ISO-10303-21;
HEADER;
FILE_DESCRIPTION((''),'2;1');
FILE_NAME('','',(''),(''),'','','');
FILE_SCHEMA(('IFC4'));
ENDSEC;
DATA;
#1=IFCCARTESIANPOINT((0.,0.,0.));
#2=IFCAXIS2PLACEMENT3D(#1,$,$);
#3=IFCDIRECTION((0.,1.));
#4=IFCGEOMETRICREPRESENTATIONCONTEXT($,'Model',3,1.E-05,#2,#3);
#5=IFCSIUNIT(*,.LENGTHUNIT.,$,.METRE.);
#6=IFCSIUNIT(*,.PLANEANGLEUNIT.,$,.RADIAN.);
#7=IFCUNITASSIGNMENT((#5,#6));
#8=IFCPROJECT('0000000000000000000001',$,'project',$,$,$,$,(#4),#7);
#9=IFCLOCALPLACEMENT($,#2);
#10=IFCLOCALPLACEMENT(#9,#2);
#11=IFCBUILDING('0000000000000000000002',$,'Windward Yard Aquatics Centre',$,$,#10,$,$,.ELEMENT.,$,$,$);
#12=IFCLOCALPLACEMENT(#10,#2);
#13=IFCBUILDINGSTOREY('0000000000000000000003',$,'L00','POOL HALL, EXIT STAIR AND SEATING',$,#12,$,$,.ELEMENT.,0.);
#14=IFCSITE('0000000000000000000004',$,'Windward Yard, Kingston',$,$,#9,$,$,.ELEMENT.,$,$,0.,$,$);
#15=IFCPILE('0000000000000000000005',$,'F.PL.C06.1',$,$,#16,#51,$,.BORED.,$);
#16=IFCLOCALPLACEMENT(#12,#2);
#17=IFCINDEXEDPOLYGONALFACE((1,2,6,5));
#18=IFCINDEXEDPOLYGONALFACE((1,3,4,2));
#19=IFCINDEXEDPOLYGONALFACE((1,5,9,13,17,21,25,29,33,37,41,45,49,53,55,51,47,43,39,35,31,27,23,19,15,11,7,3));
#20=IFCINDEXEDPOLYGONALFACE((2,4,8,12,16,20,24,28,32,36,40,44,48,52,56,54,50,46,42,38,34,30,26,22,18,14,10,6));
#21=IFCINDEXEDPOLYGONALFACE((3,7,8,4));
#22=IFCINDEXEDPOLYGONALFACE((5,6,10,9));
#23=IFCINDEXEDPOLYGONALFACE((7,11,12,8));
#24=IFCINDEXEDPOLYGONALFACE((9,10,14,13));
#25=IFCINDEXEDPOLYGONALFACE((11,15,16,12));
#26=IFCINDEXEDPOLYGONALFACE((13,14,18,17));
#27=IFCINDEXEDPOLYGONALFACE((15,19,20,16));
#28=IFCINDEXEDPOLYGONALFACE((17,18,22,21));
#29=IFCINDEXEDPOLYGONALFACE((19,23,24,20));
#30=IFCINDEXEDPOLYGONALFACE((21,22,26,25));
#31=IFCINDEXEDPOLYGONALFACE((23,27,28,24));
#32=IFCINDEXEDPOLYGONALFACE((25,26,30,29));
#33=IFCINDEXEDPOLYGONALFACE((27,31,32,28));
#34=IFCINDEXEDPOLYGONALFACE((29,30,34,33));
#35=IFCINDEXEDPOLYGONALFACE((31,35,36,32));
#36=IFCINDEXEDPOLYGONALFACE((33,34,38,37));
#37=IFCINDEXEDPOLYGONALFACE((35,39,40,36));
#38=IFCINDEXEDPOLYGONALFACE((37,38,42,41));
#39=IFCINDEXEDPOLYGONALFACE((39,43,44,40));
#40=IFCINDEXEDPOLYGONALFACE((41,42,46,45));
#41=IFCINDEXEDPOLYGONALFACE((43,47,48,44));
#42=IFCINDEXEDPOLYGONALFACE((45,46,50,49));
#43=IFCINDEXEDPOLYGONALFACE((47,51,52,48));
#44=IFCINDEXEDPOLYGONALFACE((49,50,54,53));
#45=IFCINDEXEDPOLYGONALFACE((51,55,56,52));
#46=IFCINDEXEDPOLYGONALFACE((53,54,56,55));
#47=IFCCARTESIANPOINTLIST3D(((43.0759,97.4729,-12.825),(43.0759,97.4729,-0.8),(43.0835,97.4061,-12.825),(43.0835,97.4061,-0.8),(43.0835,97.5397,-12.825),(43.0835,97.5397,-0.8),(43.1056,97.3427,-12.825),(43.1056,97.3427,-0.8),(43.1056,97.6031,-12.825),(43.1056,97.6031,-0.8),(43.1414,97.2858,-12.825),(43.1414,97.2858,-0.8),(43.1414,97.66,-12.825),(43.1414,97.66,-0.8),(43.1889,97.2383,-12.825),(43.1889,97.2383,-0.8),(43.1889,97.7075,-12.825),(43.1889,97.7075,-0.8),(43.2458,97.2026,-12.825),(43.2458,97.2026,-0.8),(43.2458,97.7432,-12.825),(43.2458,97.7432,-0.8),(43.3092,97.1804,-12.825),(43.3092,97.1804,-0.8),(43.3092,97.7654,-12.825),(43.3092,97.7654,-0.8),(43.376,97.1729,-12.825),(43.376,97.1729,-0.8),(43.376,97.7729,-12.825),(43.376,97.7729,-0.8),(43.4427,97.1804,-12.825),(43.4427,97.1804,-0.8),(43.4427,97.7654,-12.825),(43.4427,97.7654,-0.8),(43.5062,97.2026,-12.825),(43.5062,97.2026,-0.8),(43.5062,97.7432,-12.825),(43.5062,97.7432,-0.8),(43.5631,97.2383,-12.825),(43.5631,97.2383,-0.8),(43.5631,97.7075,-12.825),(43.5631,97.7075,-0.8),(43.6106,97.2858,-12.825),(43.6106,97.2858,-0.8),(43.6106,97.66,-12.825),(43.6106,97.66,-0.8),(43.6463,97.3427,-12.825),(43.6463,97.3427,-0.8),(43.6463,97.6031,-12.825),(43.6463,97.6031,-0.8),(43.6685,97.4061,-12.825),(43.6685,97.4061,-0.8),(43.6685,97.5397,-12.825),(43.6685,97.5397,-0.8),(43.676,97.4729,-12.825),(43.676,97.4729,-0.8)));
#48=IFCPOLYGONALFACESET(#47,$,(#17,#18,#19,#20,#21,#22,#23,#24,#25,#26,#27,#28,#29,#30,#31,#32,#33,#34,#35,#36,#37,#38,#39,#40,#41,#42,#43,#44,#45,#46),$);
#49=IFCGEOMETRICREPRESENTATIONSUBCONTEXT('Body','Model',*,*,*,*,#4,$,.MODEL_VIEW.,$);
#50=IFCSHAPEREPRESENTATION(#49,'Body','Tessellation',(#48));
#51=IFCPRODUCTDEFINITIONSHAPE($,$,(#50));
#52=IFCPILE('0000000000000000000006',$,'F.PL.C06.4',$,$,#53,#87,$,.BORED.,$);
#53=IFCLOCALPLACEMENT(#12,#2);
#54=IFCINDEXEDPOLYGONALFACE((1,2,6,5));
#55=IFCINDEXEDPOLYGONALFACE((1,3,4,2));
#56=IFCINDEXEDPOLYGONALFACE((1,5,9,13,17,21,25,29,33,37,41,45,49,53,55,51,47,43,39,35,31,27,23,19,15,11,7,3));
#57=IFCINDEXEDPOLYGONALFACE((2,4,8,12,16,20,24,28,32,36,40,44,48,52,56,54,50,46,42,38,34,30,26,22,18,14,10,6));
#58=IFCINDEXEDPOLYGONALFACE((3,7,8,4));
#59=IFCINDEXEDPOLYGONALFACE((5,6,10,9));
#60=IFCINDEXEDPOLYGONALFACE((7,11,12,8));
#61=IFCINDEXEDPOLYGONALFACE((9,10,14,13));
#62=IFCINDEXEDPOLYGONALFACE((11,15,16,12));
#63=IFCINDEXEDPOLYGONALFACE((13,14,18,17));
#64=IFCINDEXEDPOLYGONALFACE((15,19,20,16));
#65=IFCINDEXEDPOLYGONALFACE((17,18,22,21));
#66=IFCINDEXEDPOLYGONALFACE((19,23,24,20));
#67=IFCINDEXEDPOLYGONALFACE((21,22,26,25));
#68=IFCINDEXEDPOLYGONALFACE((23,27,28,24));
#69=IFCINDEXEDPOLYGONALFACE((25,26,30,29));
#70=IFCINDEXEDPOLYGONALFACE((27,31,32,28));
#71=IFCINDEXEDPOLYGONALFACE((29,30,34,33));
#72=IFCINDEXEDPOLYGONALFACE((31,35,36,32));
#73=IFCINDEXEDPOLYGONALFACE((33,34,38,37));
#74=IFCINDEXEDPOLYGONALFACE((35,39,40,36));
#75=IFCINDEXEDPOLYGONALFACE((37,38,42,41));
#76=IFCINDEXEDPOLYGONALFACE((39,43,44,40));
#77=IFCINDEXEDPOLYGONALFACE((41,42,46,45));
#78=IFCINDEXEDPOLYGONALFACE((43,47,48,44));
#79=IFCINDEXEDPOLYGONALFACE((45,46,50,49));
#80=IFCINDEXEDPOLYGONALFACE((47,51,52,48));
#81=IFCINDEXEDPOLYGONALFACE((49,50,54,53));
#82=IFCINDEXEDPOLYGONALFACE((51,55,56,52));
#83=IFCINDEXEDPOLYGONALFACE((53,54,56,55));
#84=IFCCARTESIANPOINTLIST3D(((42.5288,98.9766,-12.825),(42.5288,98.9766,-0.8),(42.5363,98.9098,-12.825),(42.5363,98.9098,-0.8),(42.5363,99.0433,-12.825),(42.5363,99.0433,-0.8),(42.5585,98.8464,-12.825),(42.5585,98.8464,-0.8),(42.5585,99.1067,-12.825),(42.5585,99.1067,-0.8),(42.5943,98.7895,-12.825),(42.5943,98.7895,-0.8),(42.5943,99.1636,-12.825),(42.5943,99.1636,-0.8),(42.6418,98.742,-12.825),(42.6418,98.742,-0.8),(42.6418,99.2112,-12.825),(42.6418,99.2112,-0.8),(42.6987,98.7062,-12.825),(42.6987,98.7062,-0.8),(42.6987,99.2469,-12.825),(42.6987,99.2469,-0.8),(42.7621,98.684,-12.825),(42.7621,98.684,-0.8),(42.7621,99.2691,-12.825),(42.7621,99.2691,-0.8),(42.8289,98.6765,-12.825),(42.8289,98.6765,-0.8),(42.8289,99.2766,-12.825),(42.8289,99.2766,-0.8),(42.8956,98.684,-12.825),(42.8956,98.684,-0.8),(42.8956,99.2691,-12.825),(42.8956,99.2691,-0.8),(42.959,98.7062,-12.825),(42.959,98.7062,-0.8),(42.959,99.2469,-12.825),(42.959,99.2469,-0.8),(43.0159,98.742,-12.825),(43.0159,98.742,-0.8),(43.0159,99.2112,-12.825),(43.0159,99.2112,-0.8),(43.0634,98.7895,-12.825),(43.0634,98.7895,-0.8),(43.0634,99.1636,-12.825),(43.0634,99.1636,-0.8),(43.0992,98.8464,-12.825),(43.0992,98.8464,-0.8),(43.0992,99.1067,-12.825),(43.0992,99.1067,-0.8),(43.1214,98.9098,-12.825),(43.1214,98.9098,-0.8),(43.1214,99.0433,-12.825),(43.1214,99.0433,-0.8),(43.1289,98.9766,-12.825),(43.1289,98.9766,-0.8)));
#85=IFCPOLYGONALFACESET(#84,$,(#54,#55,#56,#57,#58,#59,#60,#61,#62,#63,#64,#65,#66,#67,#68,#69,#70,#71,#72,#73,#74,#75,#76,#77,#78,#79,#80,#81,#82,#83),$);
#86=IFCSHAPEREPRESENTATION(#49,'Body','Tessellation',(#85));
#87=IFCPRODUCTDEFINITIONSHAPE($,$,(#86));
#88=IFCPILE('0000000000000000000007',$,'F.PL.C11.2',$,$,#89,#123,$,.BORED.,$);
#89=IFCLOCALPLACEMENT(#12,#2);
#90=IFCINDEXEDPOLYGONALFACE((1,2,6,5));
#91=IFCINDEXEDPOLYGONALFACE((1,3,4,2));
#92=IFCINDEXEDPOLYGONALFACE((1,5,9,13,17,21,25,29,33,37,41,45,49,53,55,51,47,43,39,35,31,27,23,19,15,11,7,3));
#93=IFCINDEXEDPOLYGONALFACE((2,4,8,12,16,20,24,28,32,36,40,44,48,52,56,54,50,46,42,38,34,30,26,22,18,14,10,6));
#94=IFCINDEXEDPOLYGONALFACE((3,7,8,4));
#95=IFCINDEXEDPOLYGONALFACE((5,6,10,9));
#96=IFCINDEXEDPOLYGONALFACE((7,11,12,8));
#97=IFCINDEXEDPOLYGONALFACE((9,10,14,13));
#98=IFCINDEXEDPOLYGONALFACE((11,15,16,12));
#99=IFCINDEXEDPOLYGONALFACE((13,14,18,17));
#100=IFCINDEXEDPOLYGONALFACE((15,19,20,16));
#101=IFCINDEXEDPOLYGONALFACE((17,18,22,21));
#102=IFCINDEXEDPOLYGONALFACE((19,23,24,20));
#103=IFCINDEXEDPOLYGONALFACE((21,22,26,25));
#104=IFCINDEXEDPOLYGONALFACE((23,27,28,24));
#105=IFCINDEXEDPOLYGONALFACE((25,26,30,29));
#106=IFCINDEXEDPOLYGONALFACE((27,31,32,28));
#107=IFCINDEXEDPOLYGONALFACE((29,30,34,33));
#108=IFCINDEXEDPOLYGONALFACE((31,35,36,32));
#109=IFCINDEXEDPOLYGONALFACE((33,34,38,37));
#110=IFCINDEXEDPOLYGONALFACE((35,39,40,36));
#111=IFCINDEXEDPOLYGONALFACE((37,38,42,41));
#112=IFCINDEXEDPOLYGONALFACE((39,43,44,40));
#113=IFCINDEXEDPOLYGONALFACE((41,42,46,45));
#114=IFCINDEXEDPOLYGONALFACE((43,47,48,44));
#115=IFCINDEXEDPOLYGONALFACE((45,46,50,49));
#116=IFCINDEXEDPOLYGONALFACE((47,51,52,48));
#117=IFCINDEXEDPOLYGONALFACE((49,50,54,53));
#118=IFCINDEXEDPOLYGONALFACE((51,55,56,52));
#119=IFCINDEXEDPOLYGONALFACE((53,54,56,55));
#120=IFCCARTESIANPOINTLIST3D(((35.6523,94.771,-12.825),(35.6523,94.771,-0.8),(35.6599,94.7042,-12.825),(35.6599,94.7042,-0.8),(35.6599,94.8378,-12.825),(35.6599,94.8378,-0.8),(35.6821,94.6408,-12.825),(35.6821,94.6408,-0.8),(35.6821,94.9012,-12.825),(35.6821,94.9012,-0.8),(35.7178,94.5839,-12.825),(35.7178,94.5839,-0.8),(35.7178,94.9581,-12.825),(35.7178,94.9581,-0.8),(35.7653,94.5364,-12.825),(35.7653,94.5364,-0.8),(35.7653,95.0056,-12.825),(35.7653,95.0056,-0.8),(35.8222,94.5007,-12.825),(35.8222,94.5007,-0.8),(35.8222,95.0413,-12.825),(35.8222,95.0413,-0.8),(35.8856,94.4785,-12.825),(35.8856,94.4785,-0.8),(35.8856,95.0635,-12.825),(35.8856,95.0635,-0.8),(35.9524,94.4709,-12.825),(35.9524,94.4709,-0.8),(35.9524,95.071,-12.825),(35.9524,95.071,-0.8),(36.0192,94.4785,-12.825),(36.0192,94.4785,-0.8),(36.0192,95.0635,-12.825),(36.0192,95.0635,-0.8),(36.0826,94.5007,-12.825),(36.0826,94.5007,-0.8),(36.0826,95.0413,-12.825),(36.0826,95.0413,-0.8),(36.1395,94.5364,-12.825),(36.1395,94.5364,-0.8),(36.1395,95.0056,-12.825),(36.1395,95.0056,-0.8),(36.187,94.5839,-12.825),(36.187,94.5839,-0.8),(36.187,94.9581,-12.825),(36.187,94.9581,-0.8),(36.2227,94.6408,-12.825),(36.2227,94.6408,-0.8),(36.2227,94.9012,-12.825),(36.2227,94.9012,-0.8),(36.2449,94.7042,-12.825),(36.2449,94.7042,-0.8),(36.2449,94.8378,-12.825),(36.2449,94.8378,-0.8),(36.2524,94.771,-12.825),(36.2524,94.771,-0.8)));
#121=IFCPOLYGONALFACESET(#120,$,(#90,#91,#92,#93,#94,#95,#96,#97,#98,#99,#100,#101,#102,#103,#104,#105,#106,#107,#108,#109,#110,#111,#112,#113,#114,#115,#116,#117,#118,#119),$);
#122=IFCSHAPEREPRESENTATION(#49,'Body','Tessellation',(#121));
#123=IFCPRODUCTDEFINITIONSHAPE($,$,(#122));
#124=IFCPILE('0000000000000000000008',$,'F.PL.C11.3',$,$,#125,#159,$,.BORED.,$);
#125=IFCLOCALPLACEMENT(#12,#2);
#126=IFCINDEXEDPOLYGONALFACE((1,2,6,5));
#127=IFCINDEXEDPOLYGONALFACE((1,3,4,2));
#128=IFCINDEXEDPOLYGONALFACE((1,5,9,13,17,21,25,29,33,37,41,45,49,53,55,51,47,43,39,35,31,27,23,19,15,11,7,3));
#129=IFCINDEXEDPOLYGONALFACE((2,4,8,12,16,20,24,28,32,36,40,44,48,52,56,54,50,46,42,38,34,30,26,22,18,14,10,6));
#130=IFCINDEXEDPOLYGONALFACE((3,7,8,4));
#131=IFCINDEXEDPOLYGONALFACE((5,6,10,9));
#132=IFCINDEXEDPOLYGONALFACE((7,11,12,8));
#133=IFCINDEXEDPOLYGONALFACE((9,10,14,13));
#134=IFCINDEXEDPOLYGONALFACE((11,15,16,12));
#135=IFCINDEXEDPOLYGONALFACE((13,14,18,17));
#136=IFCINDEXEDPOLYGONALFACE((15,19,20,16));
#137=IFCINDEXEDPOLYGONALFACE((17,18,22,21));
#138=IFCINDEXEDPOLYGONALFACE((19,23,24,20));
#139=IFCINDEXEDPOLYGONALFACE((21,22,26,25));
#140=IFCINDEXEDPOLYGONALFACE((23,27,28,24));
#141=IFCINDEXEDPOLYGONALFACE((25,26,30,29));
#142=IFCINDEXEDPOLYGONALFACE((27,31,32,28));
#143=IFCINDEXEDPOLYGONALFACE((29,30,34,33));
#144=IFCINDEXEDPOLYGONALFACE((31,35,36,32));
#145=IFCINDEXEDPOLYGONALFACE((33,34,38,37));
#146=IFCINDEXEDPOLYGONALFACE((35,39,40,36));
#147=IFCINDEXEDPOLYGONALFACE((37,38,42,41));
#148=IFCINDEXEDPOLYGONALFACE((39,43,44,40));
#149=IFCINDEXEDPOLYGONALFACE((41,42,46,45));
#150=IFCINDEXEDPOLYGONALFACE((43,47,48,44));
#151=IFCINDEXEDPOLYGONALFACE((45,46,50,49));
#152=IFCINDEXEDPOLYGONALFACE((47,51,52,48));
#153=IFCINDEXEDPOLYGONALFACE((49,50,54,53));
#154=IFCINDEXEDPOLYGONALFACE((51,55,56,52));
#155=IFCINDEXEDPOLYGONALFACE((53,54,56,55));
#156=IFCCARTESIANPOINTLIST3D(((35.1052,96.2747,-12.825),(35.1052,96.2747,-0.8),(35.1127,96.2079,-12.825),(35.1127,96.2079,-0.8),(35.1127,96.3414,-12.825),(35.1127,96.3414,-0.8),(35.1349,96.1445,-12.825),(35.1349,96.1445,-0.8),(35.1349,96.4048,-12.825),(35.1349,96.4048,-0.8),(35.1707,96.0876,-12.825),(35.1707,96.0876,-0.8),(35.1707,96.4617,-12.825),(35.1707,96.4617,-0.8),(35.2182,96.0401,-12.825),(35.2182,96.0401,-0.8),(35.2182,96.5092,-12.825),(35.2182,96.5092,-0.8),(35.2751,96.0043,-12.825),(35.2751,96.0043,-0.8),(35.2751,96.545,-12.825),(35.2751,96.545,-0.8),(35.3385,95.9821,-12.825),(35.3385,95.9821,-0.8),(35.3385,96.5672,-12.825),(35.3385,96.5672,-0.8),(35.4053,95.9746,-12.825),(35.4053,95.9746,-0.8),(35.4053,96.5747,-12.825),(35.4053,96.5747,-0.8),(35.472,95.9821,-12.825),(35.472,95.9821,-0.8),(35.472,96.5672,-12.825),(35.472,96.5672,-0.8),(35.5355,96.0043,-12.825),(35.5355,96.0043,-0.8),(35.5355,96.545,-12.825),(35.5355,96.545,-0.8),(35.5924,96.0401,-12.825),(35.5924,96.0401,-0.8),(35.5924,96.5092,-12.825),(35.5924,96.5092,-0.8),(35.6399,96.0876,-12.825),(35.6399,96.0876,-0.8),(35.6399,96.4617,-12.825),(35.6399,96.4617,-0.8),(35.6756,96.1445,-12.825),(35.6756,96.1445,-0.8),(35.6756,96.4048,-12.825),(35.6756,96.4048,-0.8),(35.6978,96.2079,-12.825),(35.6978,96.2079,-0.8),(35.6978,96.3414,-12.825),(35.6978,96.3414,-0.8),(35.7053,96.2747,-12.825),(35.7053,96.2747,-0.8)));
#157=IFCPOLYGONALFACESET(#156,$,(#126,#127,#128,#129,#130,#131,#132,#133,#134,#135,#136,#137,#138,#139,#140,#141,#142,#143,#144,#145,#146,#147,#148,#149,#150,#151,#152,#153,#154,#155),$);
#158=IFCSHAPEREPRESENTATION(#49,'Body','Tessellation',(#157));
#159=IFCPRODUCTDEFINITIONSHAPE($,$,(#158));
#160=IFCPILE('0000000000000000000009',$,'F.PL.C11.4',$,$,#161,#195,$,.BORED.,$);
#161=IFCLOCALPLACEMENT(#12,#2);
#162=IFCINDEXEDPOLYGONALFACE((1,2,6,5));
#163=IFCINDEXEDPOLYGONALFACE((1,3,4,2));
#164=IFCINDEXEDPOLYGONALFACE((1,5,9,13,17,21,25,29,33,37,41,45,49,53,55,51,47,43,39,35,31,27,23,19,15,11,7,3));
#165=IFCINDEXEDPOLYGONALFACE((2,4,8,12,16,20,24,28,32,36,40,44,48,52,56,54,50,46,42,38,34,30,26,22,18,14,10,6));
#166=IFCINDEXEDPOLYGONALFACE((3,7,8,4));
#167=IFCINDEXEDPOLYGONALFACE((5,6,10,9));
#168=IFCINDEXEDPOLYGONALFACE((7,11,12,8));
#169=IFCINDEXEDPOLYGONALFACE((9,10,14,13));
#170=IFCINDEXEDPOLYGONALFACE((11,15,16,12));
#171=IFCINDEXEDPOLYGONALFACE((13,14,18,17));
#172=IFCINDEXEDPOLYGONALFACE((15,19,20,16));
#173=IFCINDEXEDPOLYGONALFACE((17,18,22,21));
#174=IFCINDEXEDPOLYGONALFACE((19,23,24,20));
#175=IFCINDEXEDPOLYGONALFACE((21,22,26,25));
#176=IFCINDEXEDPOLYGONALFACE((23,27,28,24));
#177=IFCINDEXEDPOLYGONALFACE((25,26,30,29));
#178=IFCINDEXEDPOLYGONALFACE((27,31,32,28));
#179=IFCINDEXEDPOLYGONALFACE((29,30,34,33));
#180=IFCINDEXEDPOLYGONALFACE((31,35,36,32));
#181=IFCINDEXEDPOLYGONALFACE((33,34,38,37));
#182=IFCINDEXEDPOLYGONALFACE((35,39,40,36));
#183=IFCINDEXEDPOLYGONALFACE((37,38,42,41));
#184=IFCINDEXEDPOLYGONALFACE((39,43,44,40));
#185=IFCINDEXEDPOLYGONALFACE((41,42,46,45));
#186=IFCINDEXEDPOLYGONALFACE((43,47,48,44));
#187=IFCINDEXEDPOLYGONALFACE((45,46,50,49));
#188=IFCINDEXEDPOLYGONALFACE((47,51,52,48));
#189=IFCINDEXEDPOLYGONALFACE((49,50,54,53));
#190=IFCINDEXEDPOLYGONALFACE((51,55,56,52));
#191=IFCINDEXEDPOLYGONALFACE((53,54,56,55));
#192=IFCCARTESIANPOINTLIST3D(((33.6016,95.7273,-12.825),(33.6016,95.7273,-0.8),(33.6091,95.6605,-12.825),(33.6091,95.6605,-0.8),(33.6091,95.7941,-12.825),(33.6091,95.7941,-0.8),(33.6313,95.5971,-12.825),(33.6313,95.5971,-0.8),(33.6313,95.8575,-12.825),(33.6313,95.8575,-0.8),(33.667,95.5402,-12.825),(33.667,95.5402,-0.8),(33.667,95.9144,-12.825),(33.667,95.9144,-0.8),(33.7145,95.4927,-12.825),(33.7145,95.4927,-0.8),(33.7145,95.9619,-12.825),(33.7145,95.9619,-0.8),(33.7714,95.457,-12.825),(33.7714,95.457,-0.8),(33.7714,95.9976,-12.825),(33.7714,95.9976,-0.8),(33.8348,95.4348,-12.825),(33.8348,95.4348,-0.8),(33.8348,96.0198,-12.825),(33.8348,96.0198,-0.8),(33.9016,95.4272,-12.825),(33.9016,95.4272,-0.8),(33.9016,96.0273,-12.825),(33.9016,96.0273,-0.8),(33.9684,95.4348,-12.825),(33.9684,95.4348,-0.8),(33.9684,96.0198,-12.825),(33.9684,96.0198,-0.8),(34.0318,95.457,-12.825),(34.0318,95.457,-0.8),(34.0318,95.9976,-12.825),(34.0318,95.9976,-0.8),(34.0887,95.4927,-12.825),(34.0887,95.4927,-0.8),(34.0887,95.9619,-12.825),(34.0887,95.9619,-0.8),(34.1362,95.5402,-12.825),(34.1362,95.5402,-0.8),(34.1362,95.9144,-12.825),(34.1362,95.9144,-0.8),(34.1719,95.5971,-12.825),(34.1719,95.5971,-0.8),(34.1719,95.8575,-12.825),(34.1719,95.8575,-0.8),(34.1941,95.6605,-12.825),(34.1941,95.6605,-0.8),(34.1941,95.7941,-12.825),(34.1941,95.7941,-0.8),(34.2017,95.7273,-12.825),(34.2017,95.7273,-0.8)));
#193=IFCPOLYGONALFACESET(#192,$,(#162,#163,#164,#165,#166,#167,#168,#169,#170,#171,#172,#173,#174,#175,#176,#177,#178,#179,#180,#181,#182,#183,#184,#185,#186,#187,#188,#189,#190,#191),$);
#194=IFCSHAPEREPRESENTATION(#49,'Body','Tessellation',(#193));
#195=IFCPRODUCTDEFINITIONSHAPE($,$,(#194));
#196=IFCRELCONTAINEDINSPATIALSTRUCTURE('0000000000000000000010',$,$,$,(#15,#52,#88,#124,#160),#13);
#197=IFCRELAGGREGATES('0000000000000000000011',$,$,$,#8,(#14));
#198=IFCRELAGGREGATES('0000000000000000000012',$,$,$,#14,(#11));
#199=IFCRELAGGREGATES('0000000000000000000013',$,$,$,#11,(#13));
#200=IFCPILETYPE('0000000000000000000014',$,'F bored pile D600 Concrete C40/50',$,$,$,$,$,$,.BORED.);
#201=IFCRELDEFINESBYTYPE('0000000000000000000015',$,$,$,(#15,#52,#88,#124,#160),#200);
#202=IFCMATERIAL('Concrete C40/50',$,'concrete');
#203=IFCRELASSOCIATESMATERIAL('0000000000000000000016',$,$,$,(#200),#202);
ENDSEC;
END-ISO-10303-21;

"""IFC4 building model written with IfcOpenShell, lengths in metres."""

from ifc_helpers import new_model, si_unit, direction, frame, origin, origin_2d, place, context, subcontext, project, spatial, circle, extrude, material, material_profile, profile_set, type_object, element, save


model = new_model("IFC4")

# Units and contexts
model_context = context("Model", 3, precision=1e-05, world=origin(), true_north=direction((0.0, 1.0)))
body_context = subcontext(model_context, "Body", "Model", "MODEL_VIEW")
ifc_project = project(units=[si_unit("LENGTHUNIT", "METRE"), si_unit("PLANEANGLEUNIT", "RADIAN")], contexts=[model_context])

# Site, building, storey
site_placement = place(None, origin())
site = spatial("IfcSite", under=ifc_project, at=site_placement, Name="Windward Yard, Kingston", CompositionType="ELEMENT", RefElevation=0.0)
building_placement = place(site_placement, origin())
building = spatial("IfcBuilding", under=site, at=building_placement, Name="Windward Yard Aquatics Centre", CompositionType="ELEMENT")
storey_placement = place(building_placement, origin())
storey = spatial("IfcBuildingStorey", under=building, at=storey_placement, Name="L00", Description="POOL HALL, EXIT STAIR AND SEATING", CompositionType="ELEMENT", Elevation=0.0)

# Piles
ifc_material_1 = material(Name="Concrete C40/50", Category="concrete")
ifc_material_profile_1 = material_profile(ifc_material_1, circle(Radius=0.3, at=origin_2d()), Name="D600")
ifc_profile_set_1 = profile_set([ifc_material_profile_1], Name="Concrete C40/50")
pile_type = type_object("IfcPileType", Name="F bored pile D600 Concrete C40/50", PredefinedType="BORED", material=ifc_profile_set_1)
for number, where, z_axis, x_axis, name in (
    (1, (43.376, 97.4729, -0.8), (0.0, 0.0, -1.0), (1.0, 0.0, 0.0), "F.PL.C06.1"),
    (2, (42.8289, 98.9766, -0.8), (0.0, 0.0, -1.0), (1.0, 0.0, 0.0), "F.PL.C06.4"),
    (3, (35.9524, 94.771, -0.8), (0.0, 0.0, -1.0), (1.0, 0.0, 0.0), "F.PL.C11.2"),
    (4, (35.4053, 96.2747, -0.8), (0.0, 0.0, -1.0), (1.0, 0.0, 0.0), "F.PL.C11.3"),
    (5, (33.9016, 95.7273, -0.8), (0.0, 0.0, -1.0), (1.0, 0.0, 0.0), "F.PL.C11.4"),
):
    element("IfcPile", number, at=place(storey_placement, frame(where, z_axis=z_axis, x_axis=x_axis)), inside=storey, type_object=pile_type, Name=name, PredefinedType="BORED", context=body_context, shape_type="SweptSolid", body=[
        extrude(circle(Radius=0.3, at=origin_2d()), origin(), (0.0, 0.0, 1.0), 12.0249),
    ])

save(model, "model.ifc")
